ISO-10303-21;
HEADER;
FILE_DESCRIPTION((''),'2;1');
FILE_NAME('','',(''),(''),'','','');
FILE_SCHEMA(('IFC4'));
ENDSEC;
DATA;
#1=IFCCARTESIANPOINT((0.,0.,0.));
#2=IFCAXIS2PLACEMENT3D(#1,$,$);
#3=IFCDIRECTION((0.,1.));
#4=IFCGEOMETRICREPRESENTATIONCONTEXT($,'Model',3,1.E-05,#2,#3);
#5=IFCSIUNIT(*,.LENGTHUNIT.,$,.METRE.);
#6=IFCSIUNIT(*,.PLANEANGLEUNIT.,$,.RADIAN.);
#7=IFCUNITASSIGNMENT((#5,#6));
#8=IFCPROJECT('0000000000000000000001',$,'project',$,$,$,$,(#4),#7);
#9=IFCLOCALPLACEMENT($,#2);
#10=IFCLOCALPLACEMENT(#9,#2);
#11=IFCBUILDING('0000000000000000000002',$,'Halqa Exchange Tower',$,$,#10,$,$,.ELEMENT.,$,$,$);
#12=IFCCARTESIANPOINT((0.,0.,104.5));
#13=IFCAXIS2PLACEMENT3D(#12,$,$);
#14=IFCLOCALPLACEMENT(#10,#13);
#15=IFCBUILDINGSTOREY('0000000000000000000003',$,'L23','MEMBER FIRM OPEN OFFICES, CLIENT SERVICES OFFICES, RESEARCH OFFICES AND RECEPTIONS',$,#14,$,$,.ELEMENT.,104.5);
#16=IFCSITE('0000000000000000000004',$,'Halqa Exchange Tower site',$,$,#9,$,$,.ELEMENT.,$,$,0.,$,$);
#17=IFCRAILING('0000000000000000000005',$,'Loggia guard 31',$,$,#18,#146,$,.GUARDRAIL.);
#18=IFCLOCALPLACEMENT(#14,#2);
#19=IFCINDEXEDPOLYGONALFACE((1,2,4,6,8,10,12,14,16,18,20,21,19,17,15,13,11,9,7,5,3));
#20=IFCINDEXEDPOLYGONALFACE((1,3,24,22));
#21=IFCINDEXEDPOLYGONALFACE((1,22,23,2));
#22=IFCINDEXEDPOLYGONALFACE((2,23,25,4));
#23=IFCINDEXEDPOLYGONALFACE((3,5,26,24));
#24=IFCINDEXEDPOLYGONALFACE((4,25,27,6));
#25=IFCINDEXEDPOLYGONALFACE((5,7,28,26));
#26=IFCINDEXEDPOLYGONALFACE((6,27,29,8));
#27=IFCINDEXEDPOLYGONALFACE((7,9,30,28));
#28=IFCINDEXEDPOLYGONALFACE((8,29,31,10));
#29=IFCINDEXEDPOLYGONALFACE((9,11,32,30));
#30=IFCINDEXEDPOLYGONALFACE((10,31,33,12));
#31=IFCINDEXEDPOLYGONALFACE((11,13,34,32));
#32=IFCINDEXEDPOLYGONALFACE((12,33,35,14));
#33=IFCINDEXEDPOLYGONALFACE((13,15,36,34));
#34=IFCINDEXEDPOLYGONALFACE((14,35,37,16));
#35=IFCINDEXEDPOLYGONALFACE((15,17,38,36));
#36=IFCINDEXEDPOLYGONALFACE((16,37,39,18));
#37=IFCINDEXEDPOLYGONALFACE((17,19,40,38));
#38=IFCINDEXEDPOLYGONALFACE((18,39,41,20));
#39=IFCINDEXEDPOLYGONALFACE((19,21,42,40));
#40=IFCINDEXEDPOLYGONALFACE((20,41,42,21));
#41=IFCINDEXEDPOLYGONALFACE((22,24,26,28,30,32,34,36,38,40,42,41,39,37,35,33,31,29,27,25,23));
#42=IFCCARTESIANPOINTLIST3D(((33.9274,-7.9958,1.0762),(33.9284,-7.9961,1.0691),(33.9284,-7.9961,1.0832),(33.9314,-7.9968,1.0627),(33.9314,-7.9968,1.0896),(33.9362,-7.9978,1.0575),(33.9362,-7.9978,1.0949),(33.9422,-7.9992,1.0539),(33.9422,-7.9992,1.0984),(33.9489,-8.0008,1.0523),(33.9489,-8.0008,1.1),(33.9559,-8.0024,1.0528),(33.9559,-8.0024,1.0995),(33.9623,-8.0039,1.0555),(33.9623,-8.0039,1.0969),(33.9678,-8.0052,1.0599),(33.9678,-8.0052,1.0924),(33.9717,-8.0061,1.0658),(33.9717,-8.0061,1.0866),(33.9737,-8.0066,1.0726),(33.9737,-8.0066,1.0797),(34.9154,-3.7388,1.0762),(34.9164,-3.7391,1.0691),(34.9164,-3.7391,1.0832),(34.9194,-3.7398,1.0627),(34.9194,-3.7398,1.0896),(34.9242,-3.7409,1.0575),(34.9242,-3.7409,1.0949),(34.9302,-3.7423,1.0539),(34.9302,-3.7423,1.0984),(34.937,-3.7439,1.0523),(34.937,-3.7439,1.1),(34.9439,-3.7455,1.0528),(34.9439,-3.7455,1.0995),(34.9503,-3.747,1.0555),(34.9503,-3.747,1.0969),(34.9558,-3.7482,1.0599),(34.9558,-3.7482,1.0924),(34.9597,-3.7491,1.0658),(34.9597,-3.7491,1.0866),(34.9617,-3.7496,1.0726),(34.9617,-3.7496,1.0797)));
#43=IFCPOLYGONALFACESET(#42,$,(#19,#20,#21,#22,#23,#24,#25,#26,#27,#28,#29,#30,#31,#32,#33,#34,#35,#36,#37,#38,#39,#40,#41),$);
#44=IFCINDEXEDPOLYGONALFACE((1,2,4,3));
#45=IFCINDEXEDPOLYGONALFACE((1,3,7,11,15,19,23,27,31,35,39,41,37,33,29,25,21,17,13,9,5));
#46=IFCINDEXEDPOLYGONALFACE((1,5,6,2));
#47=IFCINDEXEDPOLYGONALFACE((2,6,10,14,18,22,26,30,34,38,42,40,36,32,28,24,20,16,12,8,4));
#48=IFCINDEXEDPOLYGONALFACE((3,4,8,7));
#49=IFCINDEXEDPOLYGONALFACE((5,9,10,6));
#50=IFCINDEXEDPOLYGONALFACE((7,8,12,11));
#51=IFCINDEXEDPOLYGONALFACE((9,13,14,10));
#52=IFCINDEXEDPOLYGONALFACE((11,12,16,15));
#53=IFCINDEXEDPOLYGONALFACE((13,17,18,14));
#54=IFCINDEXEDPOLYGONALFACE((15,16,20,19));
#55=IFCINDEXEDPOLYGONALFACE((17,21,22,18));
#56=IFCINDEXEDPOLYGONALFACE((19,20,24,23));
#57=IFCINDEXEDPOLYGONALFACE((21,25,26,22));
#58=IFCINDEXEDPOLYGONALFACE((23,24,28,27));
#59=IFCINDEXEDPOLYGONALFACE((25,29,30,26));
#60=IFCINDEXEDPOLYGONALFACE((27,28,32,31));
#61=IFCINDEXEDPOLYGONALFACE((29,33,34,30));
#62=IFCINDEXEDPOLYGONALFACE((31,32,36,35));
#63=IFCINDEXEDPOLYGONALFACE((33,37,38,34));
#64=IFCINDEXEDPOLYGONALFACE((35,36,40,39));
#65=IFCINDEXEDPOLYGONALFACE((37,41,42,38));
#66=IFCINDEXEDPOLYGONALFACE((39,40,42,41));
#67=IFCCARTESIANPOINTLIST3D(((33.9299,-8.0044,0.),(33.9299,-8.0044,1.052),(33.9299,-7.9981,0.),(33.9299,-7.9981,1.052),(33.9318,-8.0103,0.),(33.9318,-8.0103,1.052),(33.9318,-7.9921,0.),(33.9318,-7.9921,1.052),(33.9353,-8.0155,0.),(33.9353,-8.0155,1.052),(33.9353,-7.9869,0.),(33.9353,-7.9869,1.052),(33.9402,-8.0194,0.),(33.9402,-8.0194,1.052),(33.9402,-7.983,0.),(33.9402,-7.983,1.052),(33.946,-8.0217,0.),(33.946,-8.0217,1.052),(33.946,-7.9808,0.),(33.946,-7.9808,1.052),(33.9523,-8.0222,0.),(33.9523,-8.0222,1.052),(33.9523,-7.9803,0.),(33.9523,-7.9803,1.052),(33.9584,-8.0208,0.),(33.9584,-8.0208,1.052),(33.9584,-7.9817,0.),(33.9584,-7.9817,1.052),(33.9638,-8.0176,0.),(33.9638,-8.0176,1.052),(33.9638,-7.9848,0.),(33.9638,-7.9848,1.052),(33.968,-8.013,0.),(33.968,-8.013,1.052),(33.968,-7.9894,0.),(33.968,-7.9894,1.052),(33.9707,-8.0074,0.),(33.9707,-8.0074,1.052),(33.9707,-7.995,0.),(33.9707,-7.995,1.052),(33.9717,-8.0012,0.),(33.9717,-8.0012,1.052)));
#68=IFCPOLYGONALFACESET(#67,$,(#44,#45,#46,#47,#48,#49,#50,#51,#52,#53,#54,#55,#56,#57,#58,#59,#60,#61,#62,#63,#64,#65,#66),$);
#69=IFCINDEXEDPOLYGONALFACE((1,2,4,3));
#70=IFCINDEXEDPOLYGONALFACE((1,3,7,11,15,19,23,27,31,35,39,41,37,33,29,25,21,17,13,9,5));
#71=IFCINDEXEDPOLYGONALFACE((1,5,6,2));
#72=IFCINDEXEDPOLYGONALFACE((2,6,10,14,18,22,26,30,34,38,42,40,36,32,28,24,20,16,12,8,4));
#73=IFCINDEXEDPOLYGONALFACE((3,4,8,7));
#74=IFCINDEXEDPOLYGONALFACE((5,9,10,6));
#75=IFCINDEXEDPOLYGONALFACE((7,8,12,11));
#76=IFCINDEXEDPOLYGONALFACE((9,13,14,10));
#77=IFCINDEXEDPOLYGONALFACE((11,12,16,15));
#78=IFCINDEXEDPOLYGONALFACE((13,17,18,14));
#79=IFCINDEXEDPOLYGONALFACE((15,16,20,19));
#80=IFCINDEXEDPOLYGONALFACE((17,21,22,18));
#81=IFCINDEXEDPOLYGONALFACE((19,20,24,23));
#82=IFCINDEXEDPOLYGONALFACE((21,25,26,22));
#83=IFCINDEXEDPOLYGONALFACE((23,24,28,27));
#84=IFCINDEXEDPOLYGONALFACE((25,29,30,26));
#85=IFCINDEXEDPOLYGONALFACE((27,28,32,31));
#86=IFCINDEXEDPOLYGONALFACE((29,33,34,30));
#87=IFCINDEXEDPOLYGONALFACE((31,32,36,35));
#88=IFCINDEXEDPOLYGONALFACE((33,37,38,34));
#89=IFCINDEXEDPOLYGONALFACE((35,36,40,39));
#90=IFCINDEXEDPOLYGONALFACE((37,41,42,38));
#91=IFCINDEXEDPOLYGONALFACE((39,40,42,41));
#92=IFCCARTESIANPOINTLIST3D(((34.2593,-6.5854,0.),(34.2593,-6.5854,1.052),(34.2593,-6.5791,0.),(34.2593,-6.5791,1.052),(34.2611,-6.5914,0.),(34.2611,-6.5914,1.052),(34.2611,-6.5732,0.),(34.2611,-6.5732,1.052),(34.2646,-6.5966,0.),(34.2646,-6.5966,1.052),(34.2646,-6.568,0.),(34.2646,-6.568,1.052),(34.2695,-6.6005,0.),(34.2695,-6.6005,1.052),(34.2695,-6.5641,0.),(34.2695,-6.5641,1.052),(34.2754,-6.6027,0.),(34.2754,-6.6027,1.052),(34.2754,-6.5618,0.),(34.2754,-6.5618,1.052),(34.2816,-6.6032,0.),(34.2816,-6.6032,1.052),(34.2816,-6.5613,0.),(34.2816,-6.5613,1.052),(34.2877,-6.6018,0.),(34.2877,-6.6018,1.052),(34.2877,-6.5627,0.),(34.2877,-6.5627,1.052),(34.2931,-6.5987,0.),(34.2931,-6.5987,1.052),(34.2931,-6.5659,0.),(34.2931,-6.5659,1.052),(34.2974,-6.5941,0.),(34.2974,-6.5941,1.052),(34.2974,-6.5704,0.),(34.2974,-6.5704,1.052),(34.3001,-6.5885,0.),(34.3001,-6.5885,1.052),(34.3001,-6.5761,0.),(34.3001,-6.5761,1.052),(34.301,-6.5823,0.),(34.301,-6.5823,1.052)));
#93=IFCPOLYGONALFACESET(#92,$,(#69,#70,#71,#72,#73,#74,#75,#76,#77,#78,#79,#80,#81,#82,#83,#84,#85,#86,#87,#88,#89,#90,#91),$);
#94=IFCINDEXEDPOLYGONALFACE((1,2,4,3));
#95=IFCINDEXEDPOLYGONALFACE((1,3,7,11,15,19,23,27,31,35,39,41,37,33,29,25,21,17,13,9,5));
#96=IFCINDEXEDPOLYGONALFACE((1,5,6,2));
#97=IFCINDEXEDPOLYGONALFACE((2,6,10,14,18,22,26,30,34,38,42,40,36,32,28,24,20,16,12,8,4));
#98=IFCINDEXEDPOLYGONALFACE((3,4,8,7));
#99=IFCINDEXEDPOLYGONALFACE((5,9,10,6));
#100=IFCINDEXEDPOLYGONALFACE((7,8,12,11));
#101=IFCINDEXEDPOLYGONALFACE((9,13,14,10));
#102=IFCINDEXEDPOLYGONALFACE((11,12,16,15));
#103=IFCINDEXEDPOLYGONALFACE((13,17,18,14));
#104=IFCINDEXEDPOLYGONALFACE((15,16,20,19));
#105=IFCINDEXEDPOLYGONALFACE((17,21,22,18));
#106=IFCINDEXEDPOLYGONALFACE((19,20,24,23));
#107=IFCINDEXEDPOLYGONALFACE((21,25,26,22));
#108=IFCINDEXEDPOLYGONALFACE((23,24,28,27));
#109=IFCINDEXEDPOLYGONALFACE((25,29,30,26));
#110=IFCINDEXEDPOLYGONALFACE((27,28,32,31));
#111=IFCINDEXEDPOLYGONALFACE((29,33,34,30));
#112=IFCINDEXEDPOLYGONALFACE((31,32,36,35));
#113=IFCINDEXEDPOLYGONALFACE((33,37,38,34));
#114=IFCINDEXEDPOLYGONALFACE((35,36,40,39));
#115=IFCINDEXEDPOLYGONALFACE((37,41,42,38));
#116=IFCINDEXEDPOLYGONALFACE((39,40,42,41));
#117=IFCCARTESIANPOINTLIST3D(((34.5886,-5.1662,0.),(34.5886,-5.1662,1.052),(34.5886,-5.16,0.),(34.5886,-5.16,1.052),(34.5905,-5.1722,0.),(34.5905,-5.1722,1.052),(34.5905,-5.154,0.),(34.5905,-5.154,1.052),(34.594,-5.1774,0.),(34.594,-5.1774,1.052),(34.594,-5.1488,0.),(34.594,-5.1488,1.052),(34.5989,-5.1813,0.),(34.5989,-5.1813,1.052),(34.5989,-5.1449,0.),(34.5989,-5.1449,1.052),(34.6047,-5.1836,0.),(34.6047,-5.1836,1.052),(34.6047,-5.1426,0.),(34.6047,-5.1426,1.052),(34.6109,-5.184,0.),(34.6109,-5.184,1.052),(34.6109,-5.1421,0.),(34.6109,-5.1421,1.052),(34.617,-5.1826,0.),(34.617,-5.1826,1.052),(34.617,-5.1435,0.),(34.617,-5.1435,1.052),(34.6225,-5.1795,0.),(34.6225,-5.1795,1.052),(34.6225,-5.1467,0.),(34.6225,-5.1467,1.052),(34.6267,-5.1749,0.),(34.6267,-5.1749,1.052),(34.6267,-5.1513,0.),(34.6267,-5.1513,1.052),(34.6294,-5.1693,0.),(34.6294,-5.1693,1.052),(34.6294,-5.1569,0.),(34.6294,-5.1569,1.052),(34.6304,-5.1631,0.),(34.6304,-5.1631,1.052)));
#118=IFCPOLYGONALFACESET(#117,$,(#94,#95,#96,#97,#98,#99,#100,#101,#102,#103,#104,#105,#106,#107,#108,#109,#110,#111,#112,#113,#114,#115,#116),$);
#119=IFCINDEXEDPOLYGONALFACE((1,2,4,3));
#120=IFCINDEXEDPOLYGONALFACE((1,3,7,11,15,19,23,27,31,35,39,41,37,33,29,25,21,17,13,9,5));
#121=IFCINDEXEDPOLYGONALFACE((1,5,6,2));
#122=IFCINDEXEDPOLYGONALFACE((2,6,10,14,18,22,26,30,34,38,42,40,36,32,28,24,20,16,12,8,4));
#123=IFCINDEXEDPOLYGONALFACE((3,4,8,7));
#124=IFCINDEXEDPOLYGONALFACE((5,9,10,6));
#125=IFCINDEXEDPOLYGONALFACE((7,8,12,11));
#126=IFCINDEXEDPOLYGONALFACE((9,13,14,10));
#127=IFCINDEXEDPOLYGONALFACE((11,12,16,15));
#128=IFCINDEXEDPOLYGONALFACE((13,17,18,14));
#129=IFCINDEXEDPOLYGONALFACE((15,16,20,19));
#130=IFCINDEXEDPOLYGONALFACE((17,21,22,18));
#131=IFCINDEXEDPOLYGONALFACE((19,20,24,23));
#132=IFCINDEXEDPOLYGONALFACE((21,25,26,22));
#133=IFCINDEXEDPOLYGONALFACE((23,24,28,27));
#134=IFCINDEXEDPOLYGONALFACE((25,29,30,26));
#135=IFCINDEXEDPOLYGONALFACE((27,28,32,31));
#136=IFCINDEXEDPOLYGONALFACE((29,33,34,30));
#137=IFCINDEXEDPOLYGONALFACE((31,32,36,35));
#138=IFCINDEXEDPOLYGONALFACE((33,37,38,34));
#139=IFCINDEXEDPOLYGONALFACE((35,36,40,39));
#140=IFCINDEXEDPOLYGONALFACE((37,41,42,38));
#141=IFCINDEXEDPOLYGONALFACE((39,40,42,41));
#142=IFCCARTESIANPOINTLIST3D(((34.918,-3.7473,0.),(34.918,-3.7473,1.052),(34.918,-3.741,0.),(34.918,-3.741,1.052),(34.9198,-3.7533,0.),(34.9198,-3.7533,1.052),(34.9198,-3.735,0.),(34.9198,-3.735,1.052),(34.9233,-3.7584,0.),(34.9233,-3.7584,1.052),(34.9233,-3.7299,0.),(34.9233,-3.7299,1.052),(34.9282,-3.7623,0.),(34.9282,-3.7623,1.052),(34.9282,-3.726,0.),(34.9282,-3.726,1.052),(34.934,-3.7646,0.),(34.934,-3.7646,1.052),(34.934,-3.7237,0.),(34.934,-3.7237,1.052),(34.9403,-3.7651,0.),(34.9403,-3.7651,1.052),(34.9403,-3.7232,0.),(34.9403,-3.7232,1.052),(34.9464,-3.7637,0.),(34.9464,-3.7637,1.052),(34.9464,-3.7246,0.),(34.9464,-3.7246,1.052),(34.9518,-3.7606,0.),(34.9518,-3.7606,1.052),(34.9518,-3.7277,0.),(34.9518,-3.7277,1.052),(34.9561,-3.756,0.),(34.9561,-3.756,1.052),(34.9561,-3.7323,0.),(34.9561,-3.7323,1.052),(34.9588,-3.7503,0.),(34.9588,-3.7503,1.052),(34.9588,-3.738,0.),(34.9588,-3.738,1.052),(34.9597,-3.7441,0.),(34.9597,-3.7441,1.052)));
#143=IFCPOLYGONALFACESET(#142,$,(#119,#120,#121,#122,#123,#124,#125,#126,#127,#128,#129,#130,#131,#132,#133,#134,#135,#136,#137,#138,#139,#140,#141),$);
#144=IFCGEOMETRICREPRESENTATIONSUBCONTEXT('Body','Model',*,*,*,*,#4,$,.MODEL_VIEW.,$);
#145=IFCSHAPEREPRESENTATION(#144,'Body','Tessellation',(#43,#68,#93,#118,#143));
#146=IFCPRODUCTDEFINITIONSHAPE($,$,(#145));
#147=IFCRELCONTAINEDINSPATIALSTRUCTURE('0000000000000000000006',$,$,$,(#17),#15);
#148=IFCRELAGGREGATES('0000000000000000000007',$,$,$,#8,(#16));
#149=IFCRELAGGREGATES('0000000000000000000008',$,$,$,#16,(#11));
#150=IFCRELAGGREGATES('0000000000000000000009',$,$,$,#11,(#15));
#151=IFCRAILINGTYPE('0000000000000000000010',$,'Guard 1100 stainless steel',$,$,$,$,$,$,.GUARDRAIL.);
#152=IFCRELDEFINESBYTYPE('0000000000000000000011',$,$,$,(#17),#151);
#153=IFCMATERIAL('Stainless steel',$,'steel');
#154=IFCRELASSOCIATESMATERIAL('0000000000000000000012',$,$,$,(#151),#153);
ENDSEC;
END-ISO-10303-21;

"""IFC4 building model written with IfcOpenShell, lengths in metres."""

from ifc_helpers import new_model, si_unit, direction, frame, origin, origin_2d, place, context, subcontext, project, spatial, circle, extrude, material, type_object, element, save


model = new_model("IFC4")

# Units and contexts
model_context = context("Model", 3, precision=1e-05, world=origin(), true_north=direction((0.0, 1.0)))
body_context = subcontext(model_context, "Body", "Model", "MODEL_VIEW")
ifc_project = project(units=[si_unit("LENGTHUNIT", "METRE"), si_unit("PLANEANGLEUNIT", "RADIAN")], contexts=[model_context])

# Site, building, storey
site_placement = place(None, origin())
site = spatial("IfcSite", under=ifc_project, at=site_placement, Name="Halqa Exchange Tower site", CompositionType="ELEMENT", RefElevation=0.0)
building_placement = place(site_placement, origin())
building = spatial("IfcBuilding", under=site, at=building_placement, Name="Halqa Exchange Tower", CompositionType="ELEMENT")
storey_placement = place(building_placement, frame((0.0, 0.0, 104.5)))
storey = spatial("IfcBuildingStorey", under=building, at=storey_placement, Name="L23", Description="MEMBER FIRM OPEN OFFICES, CLIENT SERVICES OFFICES, RESEARCH OFFICES AND RECEPTIONS", CompositionType="ELEMENT", Elevation=104.5)

# Railing
ifc_material_1 = material(Name="Stainless steel", Category="steel")
railing_type = type_object("IfcRailingType", Name="Guard 1100 stainless steel", PredefinedType="GUARDRAIL", material=ifc_material_1)
railing_1_placement = place(storey_placement, frame((33.9507, -8.0012, 0.0)))
element("IfcRailing", 1, at=railing_1_placement, inside=storey, type_object=railing_type, Name="Loggia guard 31", PredefinedType="GUARDRAIL", context=body_context, shape_type="SweptSolid", body=[
    extrude(circle(Radius=0.0239, at=origin_2d()), frame((0.0, 0.0, 1.0762), z_axis=(0.226083, 0.974108, 0.0), x_axis=(-0.974108, 0.226083, 0.0)), (0.0, 0.0, 1.0), 4.3701),
    extrude(circle(Radius=0.021, at=origin_2d()), origin(), (0.0, 0.0, 1.0), 1.052),
    extrude(circle(Radius=0.021, at=origin_2d()), frame((0.3293, 1.4189, 0.0)), (0.0, 0.0, 1.0), 1.052),
    extrude(circle(Radius=0.021, at=origin_2d()), frame((0.6587, 2.8381, 0.0)), (0.0, 0.0, 1.0), 1.052),
    extrude(circle(Radius=0.021, at=origin_2d()), frame((0.988, 4.2571, 0.0)), (0.0, 0.0, 1.0), 1.052),
])

save(model, "model.ifc")
